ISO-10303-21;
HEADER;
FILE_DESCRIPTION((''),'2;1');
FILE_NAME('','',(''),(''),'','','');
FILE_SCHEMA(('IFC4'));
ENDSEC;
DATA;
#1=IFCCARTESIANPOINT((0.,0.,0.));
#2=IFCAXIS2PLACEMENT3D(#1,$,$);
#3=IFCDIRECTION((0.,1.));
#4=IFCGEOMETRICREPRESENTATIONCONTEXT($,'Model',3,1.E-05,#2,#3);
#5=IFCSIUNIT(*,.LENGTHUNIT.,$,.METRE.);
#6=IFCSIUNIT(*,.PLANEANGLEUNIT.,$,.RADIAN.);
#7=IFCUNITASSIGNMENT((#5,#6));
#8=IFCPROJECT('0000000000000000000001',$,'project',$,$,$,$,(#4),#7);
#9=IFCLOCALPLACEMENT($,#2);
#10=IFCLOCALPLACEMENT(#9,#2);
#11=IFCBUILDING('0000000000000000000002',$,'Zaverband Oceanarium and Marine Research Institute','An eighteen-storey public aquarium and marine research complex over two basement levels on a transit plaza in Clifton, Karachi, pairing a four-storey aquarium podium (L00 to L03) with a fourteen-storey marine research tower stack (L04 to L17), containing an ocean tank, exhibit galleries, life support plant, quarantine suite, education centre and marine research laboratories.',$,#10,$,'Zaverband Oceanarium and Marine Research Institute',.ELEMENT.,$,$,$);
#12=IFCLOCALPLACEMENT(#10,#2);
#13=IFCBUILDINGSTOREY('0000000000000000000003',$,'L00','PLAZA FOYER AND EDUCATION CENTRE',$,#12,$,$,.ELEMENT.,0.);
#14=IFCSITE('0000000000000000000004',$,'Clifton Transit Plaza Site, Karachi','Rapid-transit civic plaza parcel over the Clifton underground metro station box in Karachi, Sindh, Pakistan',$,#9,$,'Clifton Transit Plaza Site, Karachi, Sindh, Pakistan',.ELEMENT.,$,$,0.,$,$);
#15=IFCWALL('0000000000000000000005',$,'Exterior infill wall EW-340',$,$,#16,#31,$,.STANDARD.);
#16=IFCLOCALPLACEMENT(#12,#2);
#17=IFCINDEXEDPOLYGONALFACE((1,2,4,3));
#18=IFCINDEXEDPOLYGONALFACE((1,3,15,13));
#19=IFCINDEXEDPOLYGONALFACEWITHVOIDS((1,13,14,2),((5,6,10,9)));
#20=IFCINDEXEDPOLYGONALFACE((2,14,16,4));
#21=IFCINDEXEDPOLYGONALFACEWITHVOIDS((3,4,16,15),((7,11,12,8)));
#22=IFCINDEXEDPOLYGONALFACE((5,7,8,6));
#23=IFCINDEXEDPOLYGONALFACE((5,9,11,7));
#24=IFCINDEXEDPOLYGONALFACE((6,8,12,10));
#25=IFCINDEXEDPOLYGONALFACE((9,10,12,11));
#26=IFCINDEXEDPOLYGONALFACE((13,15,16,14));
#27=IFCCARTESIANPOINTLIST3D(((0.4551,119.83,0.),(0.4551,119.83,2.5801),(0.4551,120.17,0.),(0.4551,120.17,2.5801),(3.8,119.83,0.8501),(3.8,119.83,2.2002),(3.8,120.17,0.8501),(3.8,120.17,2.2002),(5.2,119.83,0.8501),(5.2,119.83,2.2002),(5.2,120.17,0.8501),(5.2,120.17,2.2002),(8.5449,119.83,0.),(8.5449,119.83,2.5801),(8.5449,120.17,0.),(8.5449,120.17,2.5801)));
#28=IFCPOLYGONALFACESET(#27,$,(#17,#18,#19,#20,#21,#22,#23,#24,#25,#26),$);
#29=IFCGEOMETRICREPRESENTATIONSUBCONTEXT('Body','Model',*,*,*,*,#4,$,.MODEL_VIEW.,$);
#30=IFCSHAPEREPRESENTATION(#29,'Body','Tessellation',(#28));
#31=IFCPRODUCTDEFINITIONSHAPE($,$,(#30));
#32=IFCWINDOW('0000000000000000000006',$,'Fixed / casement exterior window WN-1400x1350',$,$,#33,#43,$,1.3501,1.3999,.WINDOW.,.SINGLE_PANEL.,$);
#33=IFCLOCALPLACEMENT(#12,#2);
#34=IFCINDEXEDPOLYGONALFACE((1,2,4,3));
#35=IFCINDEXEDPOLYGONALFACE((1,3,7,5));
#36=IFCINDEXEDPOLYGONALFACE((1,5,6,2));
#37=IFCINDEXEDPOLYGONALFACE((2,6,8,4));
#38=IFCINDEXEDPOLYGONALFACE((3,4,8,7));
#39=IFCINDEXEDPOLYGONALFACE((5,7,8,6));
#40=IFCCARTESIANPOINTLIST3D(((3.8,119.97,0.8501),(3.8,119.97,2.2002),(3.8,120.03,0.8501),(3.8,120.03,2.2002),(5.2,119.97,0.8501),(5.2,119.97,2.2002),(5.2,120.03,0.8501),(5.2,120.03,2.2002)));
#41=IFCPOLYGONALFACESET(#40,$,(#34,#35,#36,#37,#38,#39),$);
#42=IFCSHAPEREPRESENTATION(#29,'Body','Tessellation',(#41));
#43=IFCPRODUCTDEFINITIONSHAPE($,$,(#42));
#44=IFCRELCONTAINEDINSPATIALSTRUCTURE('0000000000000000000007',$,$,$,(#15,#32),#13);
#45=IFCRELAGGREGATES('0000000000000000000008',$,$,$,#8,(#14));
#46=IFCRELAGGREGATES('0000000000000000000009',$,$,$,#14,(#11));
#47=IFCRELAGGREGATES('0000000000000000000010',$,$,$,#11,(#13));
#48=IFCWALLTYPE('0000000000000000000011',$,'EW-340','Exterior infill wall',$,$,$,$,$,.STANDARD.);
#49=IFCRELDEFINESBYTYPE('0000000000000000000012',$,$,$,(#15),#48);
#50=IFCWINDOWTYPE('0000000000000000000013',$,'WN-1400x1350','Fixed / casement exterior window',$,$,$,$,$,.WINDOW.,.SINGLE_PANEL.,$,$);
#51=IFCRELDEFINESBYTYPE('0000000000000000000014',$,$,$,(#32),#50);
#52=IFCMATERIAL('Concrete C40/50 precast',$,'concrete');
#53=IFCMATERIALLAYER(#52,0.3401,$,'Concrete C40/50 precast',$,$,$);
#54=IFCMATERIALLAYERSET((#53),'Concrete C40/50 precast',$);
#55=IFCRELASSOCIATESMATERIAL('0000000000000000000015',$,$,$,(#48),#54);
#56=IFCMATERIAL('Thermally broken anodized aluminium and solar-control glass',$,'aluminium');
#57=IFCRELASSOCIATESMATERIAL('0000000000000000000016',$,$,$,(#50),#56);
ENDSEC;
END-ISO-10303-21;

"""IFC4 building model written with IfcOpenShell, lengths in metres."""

from ifc_helpers import new_model, si_unit, direction, frame, frame_2d, origin, place, context, subcontext, project, spatial, rectangle, extrude, material, layer, layer_set, type_object, element, fill, save


model = new_model("IFC4")

# Units and contexts
model_context = context("Model", 3, precision=1e-05, world=origin(), true_north=direction((0.0, 1.0)))
body_context = subcontext(model_context, "Body", "Model", "MODEL_VIEW")
ifc_project = project(units=[si_unit("LENGTHUNIT", "METRE"), si_unit("PLANEANGLEUNIT", "RADIAN")], contexts=[model_context])

# Site, building, storey
site_placement = place(None, origin())
site = spatial("IfcSite", under=ifc_project, at=site_placement, Name="Clifton Transit Plaza Site, Karachi", Description="Rapid-transit civic plaza parcel over the Clifton underground metro station box in Karachi, Sindh, Pakistan", LongName="Clifton Transit Plaza Site, Karachi, Sindh, Pakistan", CompositionType="ELEMENT", RefElevation=0.0)
building_placement = place(site_placement, origin())
building = spatial("IfcBuilding", under=site, at=building_placement, Name="Zaverband Oceanarium and Marine Research Institute", Description="An eighteen-storey public aquarium and marine research complex over two basement levels on a transit plaza in Clifton, Karachi, pairing a four-storey aquarium podium (L00 to L03) with a fourteen-storey marine research tower stack (L04 to L17), containing an ocean tank, exhibit galleries, life support plant, quarantine suite, education centre and marine research laboratories.", LongName="Zaverband Oceanarium and Marine Research Institute", CompositionType="ELEMENT")
storey_placement = place(building_placement, origin())
storey = spatial("IfcBuildingStorey", under=building, at=storey_placement, Name="L00", Description="PLAZA FOYER AND EDUCATION CENTRE", CompositionType="ELEMENT", Elevation=0.0)

# Shared definitions
ifc_material_1 = material(Name="Concrete C40/50 precast", Category="concrete")
ifc_material_2 = material(Name="Thermally broken anodized aluminium and solar-control glass", Category="aluminium")

# Wall, opening, window
ifc_layer_1 = layer(ifc_material_1, 0.3401, Name="Concrete C40/50 precast")
ifc_layer_set_1 = layer_set([ifc_layer_1], Name="Concrete C40/50 precast")
wall_type_1 = type_object("IfcWallType", Name="EW-340", Description="Exterior infill wall", PredefinedType="STANDARD", material=ifc_layer_set_1)
wall_1_placement = place(storey_placement, frame((0.4551, 120.0, 0.0), z_axis=(0.0, 0.0, 1.0), x_axis=(1.0, 0.0, 0.0)))
wall_1 = element("IfcWall", 1, at=wall_1_placement, inside=storey, type_object=wall_type_1, Name="Exterior infill wall EW-340", PredefinedType="STANDARD", context=body_context, shape_type="SweptSolid", body=[
    extrude(rectangle(XDim=8.0898, YDim=0.3401, at=frame_2d((4.0449, 0.0))), origin(), (0.0, 0.0, 1.0), 2.5801),
])
opening_1_placement = place(wall_1_placement, frame((3.345, 0.0, 0.8501)))
opening_1 = element("IfcOpeningElement", 2, at=opening_1_placement, cuts=wall_1, PredefinedType="OPENING", context=body_context, shape_type="SweptSolid", body=[
    extrude(rectangle(XDim=1.3999, YDim=1.3501, at=frame_2d((0.7, 0.675))), frame((0.0, 0.1821, 0.0), z_axis=(0.0, -1.0, 0.0), x_axis=(1.0, 0.0, 0.0)), (0.0, 0.0, 1.0), 0.364),
])
window_type_1 = type_object("IfcWindowType", Name="WN-1400x1350", Description="Fixed / casement exterior window", PartitioningType="SINGLE_PANEL", PredefinedType="WINDOW", material=ifc_material_2)
window_1_placement = place(opening_1_placement, origin())
window_1 = element("IfcWindow", 3, at=window_1_placement, inside=storey, type_object=window_type_1, Name="Fixed / casement exterior window WN-1400x1350", OverallHeight=1.3501, OverallWidth=1.3999, PartitioningType="SINGLE_PANEL", PredefinedType="WINDOW", context=body_context, shape_type="SweptSolid", body=[
    extrude(rectangle(XDim=1.3999, YDim=1.3501, at=frame_2d((0.7, 0.675))), frame((0.0, 0.03, 0.0), z_axis=(0.0, -1.0, 0.0), x_axis=(1.0, 0.0, 0.0)), (0.0, 0.0, 1.0), 0.0601),
])
fill(opening_1, window_1)

save(model, "model.ifc")
